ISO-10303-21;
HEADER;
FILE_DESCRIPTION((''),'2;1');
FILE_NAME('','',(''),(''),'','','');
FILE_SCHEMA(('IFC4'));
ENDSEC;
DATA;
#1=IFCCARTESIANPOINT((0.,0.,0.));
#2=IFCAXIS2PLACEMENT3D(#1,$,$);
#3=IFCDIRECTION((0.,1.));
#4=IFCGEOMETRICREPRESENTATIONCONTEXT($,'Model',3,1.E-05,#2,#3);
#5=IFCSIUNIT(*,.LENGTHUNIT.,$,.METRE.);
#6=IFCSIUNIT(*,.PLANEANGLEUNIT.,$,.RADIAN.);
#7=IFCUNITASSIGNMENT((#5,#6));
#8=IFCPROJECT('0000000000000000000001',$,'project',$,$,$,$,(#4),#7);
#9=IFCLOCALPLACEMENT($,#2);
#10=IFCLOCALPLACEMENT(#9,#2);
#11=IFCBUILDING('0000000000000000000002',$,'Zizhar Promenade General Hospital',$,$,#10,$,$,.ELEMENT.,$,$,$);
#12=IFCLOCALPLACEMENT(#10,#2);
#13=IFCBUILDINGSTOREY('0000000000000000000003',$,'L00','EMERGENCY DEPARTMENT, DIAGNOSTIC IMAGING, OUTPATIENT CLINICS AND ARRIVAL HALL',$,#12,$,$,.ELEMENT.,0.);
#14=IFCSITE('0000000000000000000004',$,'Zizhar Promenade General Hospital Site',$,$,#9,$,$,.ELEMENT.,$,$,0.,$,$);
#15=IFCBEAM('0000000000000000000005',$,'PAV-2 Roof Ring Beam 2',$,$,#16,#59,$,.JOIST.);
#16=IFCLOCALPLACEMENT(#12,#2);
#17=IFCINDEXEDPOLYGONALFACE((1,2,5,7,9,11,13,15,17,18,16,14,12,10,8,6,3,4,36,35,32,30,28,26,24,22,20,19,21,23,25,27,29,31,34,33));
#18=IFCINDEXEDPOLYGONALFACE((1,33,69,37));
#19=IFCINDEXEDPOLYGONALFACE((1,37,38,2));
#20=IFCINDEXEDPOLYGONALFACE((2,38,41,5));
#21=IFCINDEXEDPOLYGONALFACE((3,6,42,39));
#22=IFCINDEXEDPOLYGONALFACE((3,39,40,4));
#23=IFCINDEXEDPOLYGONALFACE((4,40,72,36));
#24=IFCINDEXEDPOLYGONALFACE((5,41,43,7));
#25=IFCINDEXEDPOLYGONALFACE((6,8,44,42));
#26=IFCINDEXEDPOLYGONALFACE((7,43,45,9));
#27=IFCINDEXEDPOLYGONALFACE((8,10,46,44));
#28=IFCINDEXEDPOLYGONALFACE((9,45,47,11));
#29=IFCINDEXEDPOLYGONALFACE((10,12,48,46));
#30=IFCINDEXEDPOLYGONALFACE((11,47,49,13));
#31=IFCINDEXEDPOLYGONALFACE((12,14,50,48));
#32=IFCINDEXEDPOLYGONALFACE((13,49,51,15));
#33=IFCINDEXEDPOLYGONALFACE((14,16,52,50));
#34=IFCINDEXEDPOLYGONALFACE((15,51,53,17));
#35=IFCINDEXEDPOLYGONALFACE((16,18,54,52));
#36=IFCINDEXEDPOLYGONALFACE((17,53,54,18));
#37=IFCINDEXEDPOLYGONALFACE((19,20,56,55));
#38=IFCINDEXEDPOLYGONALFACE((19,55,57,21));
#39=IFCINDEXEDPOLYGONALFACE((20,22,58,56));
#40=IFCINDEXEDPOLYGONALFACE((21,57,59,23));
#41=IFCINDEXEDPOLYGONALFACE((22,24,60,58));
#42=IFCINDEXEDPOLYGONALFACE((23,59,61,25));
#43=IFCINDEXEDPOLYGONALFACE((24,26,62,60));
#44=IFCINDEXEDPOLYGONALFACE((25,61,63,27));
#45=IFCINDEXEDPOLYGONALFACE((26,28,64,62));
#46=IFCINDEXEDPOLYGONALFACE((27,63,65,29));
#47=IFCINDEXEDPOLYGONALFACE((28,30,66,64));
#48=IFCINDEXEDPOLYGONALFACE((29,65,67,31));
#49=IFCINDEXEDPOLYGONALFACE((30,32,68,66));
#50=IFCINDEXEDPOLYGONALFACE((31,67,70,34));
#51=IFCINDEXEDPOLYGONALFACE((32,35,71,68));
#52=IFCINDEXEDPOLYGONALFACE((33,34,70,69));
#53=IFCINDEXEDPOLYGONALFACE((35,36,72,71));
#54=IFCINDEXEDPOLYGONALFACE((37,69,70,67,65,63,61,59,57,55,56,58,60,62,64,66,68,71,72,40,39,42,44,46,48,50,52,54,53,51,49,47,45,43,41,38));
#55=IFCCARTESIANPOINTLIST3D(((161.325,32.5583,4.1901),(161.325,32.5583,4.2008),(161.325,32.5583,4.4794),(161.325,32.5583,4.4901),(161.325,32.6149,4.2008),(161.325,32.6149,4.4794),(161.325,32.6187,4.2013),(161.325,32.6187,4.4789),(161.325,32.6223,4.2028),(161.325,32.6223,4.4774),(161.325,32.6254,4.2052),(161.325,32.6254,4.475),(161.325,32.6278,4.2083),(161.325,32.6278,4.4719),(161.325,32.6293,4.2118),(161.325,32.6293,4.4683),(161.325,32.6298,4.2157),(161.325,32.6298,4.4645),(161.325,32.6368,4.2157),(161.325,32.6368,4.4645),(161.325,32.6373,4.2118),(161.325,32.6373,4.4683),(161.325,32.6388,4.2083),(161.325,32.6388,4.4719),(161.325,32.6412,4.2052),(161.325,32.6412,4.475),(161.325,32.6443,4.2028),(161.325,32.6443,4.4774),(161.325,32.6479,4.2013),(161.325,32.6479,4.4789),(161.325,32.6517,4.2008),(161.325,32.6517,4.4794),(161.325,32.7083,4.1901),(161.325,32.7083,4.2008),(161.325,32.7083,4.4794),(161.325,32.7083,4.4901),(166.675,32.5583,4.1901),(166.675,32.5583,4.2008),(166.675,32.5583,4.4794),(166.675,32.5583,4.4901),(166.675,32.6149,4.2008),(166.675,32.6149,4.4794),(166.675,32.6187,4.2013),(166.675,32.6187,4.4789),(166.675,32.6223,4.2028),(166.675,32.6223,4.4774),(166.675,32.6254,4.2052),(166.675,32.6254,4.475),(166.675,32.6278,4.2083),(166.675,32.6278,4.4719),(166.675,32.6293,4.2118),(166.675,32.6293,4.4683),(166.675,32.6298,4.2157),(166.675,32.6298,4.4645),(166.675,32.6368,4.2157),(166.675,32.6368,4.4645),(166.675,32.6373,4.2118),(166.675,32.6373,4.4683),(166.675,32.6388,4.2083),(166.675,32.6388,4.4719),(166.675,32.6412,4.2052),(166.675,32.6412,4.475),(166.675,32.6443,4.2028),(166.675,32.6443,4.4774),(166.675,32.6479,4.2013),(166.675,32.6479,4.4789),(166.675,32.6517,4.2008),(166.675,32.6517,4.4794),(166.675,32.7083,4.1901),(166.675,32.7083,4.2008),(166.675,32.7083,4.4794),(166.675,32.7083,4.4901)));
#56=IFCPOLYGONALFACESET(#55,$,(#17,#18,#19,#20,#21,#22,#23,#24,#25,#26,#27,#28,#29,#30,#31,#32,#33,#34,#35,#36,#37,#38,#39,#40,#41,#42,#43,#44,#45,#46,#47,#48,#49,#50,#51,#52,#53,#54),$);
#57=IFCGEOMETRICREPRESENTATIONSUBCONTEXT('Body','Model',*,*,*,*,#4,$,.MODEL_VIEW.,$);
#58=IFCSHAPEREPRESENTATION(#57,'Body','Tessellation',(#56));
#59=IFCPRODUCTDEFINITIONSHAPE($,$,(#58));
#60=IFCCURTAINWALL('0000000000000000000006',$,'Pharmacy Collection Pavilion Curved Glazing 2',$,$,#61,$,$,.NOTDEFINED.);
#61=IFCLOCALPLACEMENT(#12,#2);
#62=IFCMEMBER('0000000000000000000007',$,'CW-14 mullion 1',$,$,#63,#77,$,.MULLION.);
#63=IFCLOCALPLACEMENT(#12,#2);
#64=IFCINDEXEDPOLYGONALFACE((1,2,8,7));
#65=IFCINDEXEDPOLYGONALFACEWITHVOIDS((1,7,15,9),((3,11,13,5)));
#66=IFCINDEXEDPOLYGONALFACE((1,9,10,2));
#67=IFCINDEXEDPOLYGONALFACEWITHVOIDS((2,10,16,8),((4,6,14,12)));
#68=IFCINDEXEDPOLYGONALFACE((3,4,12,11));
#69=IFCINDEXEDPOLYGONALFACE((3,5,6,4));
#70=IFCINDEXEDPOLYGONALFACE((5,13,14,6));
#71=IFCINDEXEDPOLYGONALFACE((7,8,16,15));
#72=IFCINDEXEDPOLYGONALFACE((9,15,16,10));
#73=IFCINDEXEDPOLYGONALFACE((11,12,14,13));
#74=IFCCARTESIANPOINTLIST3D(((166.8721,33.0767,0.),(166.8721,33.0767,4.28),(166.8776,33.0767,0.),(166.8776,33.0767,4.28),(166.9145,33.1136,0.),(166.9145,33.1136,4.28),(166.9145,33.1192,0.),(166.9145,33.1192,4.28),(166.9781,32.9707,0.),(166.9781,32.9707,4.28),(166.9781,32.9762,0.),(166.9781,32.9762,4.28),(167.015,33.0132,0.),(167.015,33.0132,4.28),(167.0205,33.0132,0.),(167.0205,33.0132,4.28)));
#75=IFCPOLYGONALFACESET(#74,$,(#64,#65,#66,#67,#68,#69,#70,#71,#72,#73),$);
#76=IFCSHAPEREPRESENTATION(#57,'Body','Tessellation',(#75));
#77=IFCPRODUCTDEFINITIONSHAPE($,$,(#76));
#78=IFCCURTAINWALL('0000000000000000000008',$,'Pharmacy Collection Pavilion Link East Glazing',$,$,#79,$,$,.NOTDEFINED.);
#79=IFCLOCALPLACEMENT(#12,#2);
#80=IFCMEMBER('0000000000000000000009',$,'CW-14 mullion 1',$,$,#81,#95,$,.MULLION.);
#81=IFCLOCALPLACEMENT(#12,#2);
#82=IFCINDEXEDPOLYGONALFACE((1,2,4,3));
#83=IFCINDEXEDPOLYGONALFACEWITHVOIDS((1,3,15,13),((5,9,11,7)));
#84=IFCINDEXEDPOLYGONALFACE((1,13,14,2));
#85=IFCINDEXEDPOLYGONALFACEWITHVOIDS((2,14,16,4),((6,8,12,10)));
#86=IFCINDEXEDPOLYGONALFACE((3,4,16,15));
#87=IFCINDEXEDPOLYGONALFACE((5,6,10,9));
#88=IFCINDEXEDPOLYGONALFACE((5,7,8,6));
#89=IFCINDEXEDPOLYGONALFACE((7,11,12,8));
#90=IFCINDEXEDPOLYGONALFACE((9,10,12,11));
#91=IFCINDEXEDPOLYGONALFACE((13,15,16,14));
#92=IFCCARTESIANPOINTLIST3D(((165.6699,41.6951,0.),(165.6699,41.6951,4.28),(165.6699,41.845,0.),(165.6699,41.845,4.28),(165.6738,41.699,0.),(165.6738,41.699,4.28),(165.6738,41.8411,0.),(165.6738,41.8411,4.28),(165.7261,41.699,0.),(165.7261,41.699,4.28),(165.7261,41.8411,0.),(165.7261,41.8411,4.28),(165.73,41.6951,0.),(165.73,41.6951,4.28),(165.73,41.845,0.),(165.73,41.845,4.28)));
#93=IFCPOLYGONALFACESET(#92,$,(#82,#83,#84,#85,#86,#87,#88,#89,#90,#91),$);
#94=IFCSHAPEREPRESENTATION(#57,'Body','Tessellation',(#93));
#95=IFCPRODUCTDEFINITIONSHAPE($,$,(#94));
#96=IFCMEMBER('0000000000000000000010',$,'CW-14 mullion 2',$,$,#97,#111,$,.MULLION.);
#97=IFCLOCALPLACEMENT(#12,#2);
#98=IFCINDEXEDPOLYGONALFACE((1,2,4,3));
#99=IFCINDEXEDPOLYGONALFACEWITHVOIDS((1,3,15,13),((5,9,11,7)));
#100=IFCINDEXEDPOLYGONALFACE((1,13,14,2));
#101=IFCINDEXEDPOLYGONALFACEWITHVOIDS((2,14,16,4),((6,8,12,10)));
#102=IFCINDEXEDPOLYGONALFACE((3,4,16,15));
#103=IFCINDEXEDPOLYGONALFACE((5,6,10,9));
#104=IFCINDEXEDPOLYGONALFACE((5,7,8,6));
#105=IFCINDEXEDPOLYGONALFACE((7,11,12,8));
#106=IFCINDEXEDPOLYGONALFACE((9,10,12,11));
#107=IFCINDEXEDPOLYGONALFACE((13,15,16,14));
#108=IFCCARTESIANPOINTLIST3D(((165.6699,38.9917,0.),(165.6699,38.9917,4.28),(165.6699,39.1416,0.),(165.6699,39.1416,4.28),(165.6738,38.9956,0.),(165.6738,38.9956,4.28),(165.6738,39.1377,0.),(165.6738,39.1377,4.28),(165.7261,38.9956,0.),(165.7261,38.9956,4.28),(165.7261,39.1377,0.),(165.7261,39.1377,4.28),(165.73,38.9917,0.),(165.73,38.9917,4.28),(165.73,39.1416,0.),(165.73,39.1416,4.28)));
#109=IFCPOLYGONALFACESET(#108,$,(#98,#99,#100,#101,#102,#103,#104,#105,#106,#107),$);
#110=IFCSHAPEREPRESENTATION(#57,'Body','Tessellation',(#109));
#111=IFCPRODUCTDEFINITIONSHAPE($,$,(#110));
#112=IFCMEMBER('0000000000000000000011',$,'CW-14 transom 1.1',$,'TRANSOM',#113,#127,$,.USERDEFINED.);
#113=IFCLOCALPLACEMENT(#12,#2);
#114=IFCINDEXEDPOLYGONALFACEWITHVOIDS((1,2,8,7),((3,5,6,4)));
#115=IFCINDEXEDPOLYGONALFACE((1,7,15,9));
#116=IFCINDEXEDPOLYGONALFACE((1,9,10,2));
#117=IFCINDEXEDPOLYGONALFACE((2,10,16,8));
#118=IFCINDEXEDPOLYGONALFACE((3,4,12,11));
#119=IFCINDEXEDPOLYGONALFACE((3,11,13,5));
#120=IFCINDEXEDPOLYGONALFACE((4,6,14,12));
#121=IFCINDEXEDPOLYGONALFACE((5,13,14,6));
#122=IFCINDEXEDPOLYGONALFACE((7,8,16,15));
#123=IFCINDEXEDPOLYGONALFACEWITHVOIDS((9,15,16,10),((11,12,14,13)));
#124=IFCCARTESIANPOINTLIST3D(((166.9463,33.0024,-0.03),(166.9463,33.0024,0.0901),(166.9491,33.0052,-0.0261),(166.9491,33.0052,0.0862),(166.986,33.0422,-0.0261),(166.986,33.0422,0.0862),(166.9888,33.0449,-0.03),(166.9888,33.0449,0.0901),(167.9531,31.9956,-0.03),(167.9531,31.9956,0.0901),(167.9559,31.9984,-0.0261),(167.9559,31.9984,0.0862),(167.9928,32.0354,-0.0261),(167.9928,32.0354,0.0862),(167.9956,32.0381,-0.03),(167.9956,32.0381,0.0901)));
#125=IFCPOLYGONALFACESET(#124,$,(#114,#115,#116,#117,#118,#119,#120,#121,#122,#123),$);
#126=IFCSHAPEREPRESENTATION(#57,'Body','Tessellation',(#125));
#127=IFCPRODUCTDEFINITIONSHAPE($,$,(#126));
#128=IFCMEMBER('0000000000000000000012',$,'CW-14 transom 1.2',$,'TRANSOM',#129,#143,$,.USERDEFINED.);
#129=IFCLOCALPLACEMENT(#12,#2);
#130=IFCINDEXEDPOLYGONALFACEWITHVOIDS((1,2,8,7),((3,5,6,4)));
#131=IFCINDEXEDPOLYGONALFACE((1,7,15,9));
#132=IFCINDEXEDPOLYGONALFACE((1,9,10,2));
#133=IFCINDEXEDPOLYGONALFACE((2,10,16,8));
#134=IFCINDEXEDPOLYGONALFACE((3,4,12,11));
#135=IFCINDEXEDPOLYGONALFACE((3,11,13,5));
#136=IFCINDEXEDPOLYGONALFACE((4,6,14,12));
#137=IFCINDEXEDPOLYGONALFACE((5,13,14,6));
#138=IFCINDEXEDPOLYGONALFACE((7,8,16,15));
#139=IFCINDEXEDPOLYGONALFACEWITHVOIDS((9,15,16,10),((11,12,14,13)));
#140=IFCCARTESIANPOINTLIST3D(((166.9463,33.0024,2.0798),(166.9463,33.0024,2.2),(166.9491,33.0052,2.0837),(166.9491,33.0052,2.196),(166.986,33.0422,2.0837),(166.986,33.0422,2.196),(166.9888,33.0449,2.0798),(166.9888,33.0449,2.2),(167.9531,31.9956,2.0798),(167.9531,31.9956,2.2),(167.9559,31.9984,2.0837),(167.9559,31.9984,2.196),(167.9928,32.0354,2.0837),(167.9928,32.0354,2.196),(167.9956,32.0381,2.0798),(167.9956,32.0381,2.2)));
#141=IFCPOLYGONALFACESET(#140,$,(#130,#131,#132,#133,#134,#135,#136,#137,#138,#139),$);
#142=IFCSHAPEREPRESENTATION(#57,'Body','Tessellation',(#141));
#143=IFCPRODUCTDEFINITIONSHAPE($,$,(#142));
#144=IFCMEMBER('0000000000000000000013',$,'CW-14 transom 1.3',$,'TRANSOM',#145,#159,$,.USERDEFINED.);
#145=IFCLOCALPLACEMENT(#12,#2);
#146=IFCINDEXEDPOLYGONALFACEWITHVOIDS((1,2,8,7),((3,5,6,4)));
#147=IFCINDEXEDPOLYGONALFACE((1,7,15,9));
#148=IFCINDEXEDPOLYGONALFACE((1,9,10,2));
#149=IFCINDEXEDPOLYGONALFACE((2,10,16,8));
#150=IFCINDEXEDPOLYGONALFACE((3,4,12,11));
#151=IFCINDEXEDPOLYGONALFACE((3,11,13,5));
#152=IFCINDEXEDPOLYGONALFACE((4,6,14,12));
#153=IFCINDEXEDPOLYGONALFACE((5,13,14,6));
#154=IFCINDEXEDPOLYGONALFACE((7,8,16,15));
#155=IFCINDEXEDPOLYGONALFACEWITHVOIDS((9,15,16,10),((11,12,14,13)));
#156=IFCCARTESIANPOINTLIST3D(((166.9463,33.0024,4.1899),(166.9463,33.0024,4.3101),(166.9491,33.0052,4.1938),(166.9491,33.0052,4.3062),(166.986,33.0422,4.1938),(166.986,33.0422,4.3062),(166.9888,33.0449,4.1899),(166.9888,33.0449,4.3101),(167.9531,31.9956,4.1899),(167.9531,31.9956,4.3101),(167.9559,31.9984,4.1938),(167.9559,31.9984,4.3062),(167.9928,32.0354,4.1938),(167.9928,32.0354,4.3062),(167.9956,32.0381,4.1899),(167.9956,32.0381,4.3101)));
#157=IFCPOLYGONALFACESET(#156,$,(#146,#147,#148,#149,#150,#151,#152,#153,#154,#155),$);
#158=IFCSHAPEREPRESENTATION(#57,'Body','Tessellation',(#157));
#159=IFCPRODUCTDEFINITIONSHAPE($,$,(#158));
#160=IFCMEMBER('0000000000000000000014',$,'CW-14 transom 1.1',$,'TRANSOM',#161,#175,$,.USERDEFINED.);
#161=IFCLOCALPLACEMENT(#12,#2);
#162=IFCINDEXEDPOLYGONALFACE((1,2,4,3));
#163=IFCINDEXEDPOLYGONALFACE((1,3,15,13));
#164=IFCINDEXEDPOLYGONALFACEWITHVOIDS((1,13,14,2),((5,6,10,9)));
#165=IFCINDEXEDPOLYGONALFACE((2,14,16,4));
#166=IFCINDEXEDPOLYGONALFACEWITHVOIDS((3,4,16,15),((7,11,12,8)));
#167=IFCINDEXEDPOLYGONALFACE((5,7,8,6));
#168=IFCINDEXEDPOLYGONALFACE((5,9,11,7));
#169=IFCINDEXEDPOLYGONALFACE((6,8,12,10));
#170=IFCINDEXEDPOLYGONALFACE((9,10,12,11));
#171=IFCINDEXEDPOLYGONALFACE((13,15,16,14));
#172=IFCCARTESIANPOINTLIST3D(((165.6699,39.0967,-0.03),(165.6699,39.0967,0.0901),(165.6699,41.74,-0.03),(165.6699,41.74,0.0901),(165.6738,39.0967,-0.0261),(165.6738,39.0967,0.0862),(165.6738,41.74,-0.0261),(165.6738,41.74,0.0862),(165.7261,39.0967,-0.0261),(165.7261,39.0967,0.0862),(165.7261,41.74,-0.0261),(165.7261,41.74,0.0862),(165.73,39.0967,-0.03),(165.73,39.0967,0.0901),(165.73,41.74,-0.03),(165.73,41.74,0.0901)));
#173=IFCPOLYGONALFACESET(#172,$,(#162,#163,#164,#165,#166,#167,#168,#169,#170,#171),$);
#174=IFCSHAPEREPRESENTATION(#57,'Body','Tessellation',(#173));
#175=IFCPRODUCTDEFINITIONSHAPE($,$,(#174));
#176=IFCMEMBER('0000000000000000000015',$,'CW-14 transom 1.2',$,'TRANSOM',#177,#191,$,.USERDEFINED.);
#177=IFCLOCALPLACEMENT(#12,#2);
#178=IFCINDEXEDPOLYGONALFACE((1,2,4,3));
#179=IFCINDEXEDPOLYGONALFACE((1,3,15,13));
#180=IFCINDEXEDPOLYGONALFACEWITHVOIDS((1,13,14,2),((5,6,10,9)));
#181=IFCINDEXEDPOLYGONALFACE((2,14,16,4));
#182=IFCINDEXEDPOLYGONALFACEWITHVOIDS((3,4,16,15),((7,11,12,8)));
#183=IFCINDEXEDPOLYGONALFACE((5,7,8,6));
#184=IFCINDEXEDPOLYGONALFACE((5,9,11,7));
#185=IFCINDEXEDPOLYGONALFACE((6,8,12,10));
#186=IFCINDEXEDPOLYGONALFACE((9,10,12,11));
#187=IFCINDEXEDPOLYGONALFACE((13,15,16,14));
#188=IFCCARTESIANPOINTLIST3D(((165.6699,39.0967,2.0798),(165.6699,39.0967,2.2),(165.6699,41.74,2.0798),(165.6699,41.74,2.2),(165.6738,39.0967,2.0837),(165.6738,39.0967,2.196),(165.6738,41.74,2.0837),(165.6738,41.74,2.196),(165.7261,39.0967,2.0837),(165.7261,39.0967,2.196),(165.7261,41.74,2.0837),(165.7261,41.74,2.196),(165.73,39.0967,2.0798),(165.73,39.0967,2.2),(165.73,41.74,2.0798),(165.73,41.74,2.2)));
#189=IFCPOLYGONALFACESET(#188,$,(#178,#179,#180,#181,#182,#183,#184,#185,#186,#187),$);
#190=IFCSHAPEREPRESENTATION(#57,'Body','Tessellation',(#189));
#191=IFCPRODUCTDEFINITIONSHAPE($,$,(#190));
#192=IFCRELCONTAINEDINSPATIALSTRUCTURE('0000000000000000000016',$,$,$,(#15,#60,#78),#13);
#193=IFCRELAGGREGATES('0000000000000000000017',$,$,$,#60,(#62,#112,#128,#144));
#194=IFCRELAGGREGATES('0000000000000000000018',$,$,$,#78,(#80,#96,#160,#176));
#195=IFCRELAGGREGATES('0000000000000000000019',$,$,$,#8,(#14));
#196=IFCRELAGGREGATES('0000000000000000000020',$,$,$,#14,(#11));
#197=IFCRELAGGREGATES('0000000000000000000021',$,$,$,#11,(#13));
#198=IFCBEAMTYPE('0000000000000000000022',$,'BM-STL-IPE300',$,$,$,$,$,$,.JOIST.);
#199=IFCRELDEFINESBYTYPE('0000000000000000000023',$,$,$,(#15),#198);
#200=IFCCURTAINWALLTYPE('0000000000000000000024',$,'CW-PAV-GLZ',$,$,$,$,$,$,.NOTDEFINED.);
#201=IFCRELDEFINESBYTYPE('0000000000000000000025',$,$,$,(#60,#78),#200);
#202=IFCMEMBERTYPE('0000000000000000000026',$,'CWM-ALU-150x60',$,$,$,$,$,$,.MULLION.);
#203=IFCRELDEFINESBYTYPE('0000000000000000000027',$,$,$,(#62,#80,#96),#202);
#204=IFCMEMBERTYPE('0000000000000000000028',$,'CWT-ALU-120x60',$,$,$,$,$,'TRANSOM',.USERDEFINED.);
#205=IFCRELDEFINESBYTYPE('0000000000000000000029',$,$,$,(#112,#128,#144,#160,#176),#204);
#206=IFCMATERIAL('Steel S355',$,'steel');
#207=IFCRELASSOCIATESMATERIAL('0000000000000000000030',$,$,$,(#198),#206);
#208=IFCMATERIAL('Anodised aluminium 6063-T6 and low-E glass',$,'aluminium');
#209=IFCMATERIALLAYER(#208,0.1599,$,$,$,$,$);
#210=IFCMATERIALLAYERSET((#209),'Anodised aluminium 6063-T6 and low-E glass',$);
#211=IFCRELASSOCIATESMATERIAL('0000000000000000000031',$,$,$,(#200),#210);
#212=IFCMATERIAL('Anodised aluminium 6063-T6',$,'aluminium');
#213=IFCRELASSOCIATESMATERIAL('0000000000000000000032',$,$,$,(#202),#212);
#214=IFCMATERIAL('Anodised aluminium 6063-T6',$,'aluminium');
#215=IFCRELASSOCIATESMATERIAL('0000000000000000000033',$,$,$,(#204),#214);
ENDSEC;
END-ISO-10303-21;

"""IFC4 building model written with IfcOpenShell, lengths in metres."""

from ifc_helpers import new_model, si_unit, direction, frame, origin, origin_2d, place, context, subcontext, project, spatial, hollow_rectangle, i_section, extrude, material, layer, layer_set, material_profile, profile_set, type_object, element, aggregate, save


model = new_model("IFC4")

# Units and contexts
model_context = context("Model", 3, precision=1e-05, world=origin(), true_north=direction((0.0, 1.0)))
body_context = subcontext(model_context, "Body", "Model", "MODEL_VIEW")
ifc_project = project(units=[si_unit("LENGTHUNIT", "METRE"), si_unit("PLANEANGLEUNIT", "RADIAN")], contexts=[model_context])

# Site, building, storey
site_placement = place(None, origin())
site = spatial("IfcSite", under=ifc_project, at=site_placement, Name="Zizhar Promenade General Hospital Site", CompositionType="ELEMENT", RefElevation=0.0)
building_placement = place(site_placement, origin())
building = spatial("IfcBuilding", under=site, at=building_placement, Name="Zizhar Promenade General Hospital", CompositionType="ELEMENT")
storey_placement = place(building_placement, origin())
storey = spatial("IfcBuildingStorey", under=building, at=storey_placement, Name="L00", Description="EMERGENCY DEPARTMENT, DIAGNOSTIC IMAGING, OUTPATIENT CLINICS AND ARRIVAL HALL", CompositionType="ELEMENT", Elevation=0.0)

# Beam
ifc_material_1 = material(Name="Steel S355", Category="steel")
ifc_material_profile_1 = material_profile(ifc_material_1, i_section(OverallWidth=0.1499, OverallDepth=0.3, WebThickness=0.0071, FlangeThickness=0.0107, FilletRadius=0.0149, at=origin_2d()))
ifc_profile_set_1 = profile_set([ifc_material_profile_1], Name="Steel S355")
beam_type = type_object("IfcBeamType", Name="BM-STL-IPE300", PredefinedType="JOIST", material=ifc_profile_set_1)
beam_placement = place(storey_placement, frame((166.675, 32.6333, 4.3401), z_axis=(-1.0, 0.0, 0.0), x_axis=(0.0, -1.0, 0.0)))
element("IfcBeam", 1, at=beam_placement, inside=storey, type_object=beam_type, Name="PAV-2 Roof Ring Beam 2", PredefinedType="JOIST", context=body_context, shape_type="SweptSolid", body=[
    extrude(i_section(OverallWidth=0.1499, OverallDepth=0.3, WebThickness=0.0071, FlangeThickness=0.0107, FilletRadius=0.0149, at=origin_2d()), origin(), (0.0, 0.0, 1.0), 5.3501),
])

# Curtain wall, member
ifc_material_2 = material(Name="Anodised aluminium 6063-T6 and low-E glass", Category="aluminium")
ifc_layer_1 = layer(ifc_material_2, 0.1599)
ifc_layer_set_1 = layer_set([ifc_layer_1], Name="Anodised aluminium 6063-T6 and low-E glass")
curtain_wall_type_1 = type_object("IfcCurtainWallType", Name="CW-PAV-GLZ", PredefinedType="NOTDEFINED", material=ifc_layer_set_1)
curtain_wall_1_placement = place(storey_placement, origin())
curtain_wall_1 = element("IfcCurtainWall", 2, at=curtain_wall_1_placement, inside=storey, type_object=curtain_wall_type_1, Name="Pharmacy Collection Pavilion Curved Glazing 2", PredefinedType="NOTDEFINED")
ifc_material_3 = material(Name="Anodised aluminium 6063-T6", Category="aluminium")
ifc_material_profile_2 = material_profile(ifc_material_3, hollow_rectangle(XDim=0.0601, YDim=0.1499, WallThickness=0.0039, at=origin_2d()))
ifc_profile_set_2 = profile_set([ifc_material_profile_2], Name="Anodised aluminium 6063-T6")
member_type_1 = type_object("IfcMemberType", Name="CWM-ALU-150x60", PredefinedType="MULLION", material=ifc_profile_set_2)
member_1_placement = place(storey_placement, frame((166.9463, 33.0449, 0.0), z_axis=(0.0, 0.0, 1.0), x_axis=(0.707107, 0.707107, 0.0)))
member_1 = element("IfcMember", 3, at=member_1_placement, type_object=member_type_1, Name="CW-14 mullion 1", PredefinedType="MULLION", context=body_context, shape_type="SweptSolid", body=[
    extrude(hollow_rectangle(XDim=0.0601, YDim=0.1499, WallThickness=0.0039, at=origin_2d()), origin(), (0.0, 0.0, 1.0), 4.28),
])

# Curtain wall, members
curtain_wall_2_placement = place(storey_placement, origin())
curtain_wall_2 = element("IfcCurtainWall", 4, at=curtain_wall_2_placement, inside=storey, type_object=curtain_wall_type_1, Name="Pharmacy Collection Pavilion Link East Glazing", PredefinedType="NOTDEFINED")
member_2_placement = place(storey_placement, frame((165.7, 41.77, 0.0), z_axis=(0.0, 0.0, 1.0), x_axis=(1.0, 0.0, 0.0)))
member_2 = element("IfcMember", 5, at=member_2_placement, type_object=member_type_1, Name="CW-14 mullion 1", PredefinedType="MULLION", context=body_context, shape_type="SweptSolid", body=[
    extrude(hollow_rectangle(XDim=0.0601, YDim=0.1499, WallThickness=0.0039, at=origin_2d()), origin(), (0.0, 0.0, 1.0), 4.28),
])
member_3_placement = place(storey_placement, frame((165.7, 39.0667, 0.0), z_axis=(0.0, 0.0, 1.0), x_axis=(1.0, 0.0, 0.0)))
member_3 = element("IfcMember", 6, at=member_3_placement, type_object=member_type_1, Name="CW-14 mullion 2", PredefinedType="MULLION", context=body_context, shape_type="SweptSolid", body=[
    extrude(hollow_rectangle(XDim=0.0601, YDim=0.1499, WallThickness=0.0039, at=origin_2d()), origin(), (0.0, 0.0, 1.0), 4.28),
])

# Members
ifc_material_4 = material(Name="Anodised aluminium 6063-T6", Category="aluminium")
ifc_material_profile_3 = material_profile(ifc_material_4, hollow_rectangle(XDim=0.0601, YDim=0.1201, WallThickness=0.0039, at=origin_2d()))
ifc_profile_set_3 = profile_set([ifc_material_profile_3], Name="Anodised aluminium 6063-T6")
member_type_2 = type_object("IfcMemberType", Name="CWT-ALU-120x60", ElementType="TRANSOM", PredefinedType="USERDEFINED", material=ifc_profile_set_3)
member_4_placement = place(storey_placement, frame((166.9675, 33.0237, 0.03), z_axis=(0.707107, -0.707107, 0.0), x_axis=(0.707107, 0.707107, 0.0)))
member_4 = element("IfcMember", 7, at=member_4_placement, type_object=member_type_2, Name="CW-14 transom 1.1", ObjectType="TRANSOM", PredefinedType="USERDEFINED", context=body_context, shape_type="SweptSolid", body=[
    extrude(hollow_rectangle(XDim=0.0601, YDim=0.1201, WallThickness=0.0039, at=origin_2d()), origin(), (0.0, 0.0, 1.0), 1.4238),
])
member_5_placement = place(storey_placement, frame((166.9675, 33.0237, 2.1399), z_axis=(0.707107, -0.707107, 0.0), x_axis=(0.707107, 0.707107, 0.0)))
member_5 = element("IfcMember", 8, at=member_5_placement, type_object=member_type_2, Name="CW-14 transom 1.2", ObjectType="TRANSOM", PredefinedType="USERDEFINED", context=body_context, shape_type="SweptSolid", body=[
    extrude(hollow_rectangle(XDim=0.0601, YDim=0.1201, WallThickness=0.0039, at=origin_2d()), origin(), (0.0, 0.0, 1.0), 1.4238),
])
member_6_placement = place(storey_placement, frame((166.9675, 33.0237, 4.25), z_axis=(0.707107, -0.707107, 0.0), x_axis=(0.707107, 0.707107, 0.0)))
member_6 = element("IfcMember", 9, at=member_6_placement, type_object=member_type_2, Name="CW-14 transom 1.3", ObjectType="TRANSOM", PredefinedType="USERDEFINED", context=body_context, shape_type="SweptSolid", body=[
    extrude(hollow_rectangle(XDim=0.0601, YDim=0.1201, WallThickness=0.0039, at=origin_2d()), origin(), (0.0, 0.0, 1.0), 1.4238),
])
member_7_placement = place(storey_placement, frame((165.7, 41.74, 0.03), z_axis=(0.0, -1.0, 0.0), x_axis=(1.0, 0.0, 0.0)))
member_7 = element("IfcMember", 10, at=member_7_placement, type_object=member_type_2, Name="CW-14 transom 1.1", ObjectType="TRANSOM", PredefinedType="USERDEFINED", context=body_context, shape_type="SweptSolid", body=[
    extrude(hollow_rectangle(XDim=0.0601, YDim=0.1201, WallThickness=0.0039, at=origin_2d()), origin(), (0.0, 0.0, 1.0), 2.6433),
])
member_8_placement = place(storey_placement, frame((165.7, 41.74, 2.1399), z_axis=(0.0, -1.0, 0.0), x_axis=(1.0, 0.0, 0.0)))
member_8 = element("IfcMember", 11, at=member_8_placement, type_object=member_type_2, Name="CW-14 transom 1.2", ObjectType="TRANSOM", PredefinedType="USERDEFINED", context=body_context, shape_type="SweptSolid", body=[
    extrude(hollow_rectangle(XDim=0.0601, YDim=0.1201, WallThickness=0.0039, at=origin_2d()), origin(), (0.0, 0.0, 1.0), 2.6433),
])

aggregate(curtain_wall_1, [member_1, member_4, member_5, member_6])
aggregate(curtain_wall_2, [member_2, member_3, member_7, member_8])

save(model, "model.ifc")
